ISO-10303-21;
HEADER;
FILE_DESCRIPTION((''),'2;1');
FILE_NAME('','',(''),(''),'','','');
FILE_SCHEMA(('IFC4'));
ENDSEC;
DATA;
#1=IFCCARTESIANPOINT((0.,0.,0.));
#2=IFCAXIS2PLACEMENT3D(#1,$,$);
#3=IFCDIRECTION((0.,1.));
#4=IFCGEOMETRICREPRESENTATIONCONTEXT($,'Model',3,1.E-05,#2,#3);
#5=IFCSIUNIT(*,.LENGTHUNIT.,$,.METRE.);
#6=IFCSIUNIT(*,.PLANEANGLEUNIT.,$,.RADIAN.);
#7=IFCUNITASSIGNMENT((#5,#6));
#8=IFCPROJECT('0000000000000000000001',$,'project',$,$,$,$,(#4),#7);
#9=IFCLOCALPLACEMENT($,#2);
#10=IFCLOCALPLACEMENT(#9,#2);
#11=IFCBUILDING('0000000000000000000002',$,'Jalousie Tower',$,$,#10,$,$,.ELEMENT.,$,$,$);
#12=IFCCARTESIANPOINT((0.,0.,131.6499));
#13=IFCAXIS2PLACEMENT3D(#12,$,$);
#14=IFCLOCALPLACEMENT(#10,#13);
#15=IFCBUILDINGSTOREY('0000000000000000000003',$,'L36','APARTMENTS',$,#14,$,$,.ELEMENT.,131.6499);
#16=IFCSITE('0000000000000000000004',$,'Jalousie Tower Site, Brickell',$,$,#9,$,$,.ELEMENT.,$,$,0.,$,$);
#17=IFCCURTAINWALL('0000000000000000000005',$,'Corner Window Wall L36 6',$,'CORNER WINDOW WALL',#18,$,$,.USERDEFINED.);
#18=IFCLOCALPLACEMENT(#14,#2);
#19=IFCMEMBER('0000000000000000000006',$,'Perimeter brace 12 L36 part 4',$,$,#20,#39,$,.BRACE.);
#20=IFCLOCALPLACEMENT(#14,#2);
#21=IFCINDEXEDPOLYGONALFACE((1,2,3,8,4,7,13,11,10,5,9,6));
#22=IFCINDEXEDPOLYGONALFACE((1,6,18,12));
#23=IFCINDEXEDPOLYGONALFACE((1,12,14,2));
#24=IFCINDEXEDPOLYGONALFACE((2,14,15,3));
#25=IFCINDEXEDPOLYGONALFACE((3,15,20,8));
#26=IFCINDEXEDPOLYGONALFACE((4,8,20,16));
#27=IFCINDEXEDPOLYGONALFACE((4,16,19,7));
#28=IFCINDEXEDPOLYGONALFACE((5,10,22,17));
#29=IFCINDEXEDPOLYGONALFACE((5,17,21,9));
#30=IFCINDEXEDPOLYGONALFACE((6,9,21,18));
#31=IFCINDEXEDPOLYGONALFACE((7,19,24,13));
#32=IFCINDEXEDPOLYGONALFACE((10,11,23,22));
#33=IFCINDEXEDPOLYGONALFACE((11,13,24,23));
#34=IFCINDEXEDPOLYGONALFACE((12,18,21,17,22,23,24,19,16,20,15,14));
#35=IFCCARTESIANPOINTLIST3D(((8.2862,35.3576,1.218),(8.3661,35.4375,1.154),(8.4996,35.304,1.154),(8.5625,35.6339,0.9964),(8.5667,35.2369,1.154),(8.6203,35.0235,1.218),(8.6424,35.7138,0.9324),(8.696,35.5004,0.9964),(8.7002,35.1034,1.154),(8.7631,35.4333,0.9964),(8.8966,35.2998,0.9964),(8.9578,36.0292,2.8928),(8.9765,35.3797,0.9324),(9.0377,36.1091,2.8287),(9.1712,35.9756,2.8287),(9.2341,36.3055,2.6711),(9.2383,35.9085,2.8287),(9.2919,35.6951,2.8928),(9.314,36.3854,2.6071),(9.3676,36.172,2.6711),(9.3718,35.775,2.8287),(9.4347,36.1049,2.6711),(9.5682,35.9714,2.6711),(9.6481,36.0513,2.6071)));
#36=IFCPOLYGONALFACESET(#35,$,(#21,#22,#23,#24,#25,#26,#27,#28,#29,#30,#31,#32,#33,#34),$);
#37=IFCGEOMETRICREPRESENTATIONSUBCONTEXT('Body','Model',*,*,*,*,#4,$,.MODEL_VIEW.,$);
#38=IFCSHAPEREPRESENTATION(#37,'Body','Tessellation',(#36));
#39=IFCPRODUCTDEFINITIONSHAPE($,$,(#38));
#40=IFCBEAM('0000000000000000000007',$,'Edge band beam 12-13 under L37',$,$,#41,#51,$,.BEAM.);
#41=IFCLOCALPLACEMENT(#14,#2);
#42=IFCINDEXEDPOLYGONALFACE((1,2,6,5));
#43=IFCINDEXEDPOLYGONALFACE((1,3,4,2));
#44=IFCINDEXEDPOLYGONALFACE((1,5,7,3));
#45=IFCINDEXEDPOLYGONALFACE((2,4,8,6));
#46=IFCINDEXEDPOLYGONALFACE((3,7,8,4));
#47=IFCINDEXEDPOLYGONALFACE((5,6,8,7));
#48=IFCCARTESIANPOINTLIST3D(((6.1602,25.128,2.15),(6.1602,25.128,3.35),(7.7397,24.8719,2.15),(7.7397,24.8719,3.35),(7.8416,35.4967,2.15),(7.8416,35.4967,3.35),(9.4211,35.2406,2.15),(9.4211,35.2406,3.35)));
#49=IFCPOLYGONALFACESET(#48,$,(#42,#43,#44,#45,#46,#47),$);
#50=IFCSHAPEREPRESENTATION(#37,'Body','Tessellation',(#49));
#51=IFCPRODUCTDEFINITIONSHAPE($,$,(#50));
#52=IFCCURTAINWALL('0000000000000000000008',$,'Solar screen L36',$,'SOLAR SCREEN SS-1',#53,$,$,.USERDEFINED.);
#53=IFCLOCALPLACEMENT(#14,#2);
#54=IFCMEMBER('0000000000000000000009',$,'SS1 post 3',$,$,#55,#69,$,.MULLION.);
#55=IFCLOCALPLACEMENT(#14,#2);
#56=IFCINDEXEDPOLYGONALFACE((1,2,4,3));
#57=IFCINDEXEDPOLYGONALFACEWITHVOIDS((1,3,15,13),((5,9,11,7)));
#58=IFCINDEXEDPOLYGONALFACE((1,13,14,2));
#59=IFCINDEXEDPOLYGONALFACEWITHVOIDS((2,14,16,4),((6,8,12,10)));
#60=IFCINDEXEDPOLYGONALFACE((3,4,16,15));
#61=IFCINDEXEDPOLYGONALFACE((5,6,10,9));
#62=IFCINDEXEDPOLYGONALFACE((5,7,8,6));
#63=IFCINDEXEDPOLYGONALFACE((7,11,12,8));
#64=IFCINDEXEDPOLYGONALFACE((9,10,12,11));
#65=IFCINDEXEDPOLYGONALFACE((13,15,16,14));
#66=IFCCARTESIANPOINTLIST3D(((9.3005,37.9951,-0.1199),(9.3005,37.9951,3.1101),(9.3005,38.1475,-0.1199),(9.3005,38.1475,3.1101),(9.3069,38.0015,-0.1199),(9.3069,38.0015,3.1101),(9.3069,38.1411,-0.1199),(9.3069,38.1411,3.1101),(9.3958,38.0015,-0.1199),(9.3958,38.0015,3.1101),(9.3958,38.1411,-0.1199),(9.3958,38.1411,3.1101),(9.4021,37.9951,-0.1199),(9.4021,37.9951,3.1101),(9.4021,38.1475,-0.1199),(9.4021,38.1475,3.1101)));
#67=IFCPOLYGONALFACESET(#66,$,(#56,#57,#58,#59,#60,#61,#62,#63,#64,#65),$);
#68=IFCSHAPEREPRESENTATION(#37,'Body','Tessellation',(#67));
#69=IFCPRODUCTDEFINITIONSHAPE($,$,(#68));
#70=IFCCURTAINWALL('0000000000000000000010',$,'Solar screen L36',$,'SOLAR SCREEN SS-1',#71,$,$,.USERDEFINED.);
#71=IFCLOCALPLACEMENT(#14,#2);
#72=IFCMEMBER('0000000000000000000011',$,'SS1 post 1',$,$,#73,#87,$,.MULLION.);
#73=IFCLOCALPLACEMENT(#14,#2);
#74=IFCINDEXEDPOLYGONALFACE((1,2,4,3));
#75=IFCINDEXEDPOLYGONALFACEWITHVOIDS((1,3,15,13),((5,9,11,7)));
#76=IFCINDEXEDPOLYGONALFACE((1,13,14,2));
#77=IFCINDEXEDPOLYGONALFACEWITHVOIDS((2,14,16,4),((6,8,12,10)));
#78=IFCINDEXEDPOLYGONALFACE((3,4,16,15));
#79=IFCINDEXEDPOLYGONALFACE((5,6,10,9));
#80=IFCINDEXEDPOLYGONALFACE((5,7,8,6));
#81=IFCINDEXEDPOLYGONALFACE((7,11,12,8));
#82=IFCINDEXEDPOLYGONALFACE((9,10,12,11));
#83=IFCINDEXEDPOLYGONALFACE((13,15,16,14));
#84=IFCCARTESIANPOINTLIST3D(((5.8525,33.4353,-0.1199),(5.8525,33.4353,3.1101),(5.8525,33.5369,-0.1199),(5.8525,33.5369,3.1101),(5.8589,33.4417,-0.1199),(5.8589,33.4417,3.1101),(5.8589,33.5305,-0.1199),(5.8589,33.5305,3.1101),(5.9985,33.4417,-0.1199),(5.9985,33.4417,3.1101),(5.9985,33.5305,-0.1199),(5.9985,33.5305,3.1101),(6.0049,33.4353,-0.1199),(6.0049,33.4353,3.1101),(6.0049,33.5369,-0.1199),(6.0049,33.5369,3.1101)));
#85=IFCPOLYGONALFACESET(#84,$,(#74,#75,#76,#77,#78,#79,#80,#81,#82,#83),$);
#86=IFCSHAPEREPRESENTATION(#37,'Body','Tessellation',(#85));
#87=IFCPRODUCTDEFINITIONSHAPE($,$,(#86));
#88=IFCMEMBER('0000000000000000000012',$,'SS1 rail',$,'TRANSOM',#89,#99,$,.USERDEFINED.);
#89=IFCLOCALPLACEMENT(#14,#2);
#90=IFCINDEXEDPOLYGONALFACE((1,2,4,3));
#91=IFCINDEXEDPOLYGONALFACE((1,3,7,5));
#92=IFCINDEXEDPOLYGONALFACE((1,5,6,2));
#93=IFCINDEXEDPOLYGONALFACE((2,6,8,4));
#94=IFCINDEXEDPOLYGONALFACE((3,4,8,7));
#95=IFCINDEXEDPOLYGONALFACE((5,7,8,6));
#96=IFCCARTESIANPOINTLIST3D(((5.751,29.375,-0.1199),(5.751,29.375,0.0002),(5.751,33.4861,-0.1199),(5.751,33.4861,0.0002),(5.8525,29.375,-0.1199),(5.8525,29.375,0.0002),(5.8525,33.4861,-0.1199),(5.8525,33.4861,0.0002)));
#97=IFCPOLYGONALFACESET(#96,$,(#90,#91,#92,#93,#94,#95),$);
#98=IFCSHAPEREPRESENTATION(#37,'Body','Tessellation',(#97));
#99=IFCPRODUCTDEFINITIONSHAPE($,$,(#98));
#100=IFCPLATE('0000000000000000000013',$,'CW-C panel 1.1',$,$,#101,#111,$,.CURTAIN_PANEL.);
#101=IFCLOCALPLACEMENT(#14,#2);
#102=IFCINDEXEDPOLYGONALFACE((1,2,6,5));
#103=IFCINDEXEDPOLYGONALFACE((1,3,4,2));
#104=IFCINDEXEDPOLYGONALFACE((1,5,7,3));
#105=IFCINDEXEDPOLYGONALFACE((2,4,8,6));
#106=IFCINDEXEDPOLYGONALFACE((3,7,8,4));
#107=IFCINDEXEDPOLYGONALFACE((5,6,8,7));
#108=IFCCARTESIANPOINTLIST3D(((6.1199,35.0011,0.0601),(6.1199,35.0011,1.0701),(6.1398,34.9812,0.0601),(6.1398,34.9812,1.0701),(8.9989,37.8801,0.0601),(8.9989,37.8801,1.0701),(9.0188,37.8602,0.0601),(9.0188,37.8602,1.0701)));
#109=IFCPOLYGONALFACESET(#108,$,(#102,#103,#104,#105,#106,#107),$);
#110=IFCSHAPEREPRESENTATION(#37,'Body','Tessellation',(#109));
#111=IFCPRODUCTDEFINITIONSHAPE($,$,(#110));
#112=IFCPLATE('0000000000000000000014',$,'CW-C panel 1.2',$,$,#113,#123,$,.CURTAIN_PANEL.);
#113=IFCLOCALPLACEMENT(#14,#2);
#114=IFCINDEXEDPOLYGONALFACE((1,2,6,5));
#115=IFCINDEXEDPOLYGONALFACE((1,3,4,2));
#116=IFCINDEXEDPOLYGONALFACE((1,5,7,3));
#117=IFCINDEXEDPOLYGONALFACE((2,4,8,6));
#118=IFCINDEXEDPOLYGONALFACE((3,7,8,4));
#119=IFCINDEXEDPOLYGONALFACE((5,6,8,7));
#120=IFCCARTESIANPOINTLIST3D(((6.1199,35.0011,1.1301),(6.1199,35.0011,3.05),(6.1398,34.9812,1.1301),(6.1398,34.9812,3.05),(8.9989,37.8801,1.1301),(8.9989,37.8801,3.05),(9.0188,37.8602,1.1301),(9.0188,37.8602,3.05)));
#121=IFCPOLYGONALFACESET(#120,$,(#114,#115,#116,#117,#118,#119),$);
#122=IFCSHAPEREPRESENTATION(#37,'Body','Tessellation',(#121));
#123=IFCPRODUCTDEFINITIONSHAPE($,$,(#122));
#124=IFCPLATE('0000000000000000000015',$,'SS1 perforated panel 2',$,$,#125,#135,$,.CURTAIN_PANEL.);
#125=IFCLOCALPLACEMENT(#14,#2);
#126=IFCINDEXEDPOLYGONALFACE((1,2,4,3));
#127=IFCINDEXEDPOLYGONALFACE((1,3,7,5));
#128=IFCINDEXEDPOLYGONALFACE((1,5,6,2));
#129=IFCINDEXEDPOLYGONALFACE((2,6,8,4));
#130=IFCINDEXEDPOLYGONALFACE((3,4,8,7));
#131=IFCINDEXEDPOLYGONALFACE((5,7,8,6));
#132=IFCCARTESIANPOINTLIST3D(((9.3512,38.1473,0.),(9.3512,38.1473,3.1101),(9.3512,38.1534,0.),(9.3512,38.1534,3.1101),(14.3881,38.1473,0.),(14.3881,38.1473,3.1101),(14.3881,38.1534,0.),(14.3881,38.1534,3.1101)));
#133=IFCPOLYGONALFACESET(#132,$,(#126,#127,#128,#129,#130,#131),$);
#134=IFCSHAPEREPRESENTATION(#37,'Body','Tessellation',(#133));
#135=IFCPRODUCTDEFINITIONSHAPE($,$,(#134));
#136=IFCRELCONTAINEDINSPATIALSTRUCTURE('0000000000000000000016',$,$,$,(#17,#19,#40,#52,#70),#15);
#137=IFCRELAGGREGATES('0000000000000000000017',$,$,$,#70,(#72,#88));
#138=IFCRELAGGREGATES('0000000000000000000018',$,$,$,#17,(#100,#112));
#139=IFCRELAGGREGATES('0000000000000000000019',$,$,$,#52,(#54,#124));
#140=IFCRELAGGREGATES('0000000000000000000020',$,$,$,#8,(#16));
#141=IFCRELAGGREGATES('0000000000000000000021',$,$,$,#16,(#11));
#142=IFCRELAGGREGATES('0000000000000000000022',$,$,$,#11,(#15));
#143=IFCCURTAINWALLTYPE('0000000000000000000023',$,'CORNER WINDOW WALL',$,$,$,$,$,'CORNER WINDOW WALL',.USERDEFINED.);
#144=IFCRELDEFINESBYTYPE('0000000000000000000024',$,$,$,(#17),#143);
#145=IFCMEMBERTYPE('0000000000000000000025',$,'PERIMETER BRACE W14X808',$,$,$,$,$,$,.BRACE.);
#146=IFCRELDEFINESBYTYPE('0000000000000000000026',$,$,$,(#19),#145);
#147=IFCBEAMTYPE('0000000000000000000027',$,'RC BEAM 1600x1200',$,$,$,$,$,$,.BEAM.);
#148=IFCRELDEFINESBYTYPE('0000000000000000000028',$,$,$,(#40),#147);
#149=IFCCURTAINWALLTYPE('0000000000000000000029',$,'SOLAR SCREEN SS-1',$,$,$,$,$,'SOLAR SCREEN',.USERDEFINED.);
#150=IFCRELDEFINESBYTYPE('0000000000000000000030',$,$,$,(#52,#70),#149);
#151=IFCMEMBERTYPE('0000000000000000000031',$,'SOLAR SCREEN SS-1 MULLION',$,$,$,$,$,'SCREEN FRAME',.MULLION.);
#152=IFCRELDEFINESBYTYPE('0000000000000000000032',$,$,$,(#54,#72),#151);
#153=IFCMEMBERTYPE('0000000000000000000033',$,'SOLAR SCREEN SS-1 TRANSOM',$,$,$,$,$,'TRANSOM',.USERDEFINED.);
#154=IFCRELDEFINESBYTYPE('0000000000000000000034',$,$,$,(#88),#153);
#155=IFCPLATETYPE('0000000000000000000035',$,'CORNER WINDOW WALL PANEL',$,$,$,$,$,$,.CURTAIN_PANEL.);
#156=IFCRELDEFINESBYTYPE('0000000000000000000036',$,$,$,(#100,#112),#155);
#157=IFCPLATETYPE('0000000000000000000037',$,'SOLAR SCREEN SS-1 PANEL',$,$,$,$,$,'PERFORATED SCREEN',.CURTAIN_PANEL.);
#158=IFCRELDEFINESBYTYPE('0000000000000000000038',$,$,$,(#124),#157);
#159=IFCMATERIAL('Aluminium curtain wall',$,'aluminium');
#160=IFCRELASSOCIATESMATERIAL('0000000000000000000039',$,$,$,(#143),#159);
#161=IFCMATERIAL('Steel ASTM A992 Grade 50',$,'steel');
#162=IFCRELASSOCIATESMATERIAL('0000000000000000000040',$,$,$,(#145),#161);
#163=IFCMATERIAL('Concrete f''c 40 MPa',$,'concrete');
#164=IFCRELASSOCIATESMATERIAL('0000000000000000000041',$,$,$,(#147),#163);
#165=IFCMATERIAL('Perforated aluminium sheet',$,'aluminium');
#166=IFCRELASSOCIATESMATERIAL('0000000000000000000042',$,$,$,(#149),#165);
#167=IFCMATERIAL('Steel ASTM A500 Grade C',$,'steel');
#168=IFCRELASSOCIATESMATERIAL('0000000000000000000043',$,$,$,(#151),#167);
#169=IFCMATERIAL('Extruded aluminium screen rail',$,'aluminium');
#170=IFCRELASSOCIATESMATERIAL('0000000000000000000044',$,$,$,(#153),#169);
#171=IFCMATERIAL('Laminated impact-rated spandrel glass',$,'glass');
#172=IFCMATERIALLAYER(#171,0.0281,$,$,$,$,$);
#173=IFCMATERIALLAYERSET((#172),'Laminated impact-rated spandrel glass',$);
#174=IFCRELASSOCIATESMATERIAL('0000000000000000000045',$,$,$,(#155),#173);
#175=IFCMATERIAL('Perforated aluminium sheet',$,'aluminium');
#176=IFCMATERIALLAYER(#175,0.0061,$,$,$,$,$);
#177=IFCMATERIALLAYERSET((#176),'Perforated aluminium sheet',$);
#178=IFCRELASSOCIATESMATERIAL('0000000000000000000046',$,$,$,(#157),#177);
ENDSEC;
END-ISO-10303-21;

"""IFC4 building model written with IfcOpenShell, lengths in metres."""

from ifc_helpers import new_model, si_unit, direction, frame, origin, origin_2d, place, context, subcontext, project, spatial, rectangle, hollow_rectangle, i_section, extrude, material, layer, layer_set, material_profile, profile_set, type_object, element, aggregate, save


model = new_model("IFC4")

# Units and contexts
model_context = context("Model", 3, precision=1e-05, world=origin(), true_north=direction((0.0, 1.0)))
body_context = subcontext(model_context, "Body", "Model", "MODEL_VIEW")
ifc_project = project(units=[si_unit("LENGTHUNIT", "METRE"), si_unit("PLANEANGLEUNIT", "RADIAN")], contexts=[model_context])

# Site, building, storey
site_placement = place(None, origin())
site = spatial("IfcSite", under=ifc_project, at=site_placement, Name="Jalousie Tower Site, Brickell", CompositionType="ELEMENT", RefElevation=0.0)
building_placement = place(site_placement, origin())
building = spatial("IfcBuilding", under=site, at=building_placement, Name="Jalousie Tower", CompositionType="ELEMENT")
storey_placement = place(building_placement, frame((0.0, 0.0, 131.6499)))
storey = spatial("IfcBuildingStorey", under=building, at=storey_placement, Name="L36", Description="APARTMENTS", CompositionType="ELEMENT", Elevation=131.6499)

# Curtain wall
ifc_material_1 = material(Name="Aluminium curtain wall", Category="aluminium")
curtain_wall_type_1 = type_object("IfcCurtainWallType", Name="CORNER WINDOW WALL", ElementType="CORNER WINDOW WALL", PredefinedType="USERDEFINED", material=ifc_material_1)
curtain_wall_1_placement = place(storey_placement, origin())
curtain_wall_1 = element("IfcCurtainWall", 1, at=curtain_wall_1_placement, inside=storey, type_object=curtain_wall_type_1, Name="Corner Window Wall L36 6", ObjectType="CORNER WINDOW WALL", PredefinedType="USERDEFINED")

# Member
ifc_material_2 = material(Name="Steel ASTM A992 Grade 50", Category="steel")
ifc_material_profile_1 = material_profile(ifc_material_2, i_section(OverallWidth=0.4724, OverallDepth=0.5791, WebThickness=0.095, FlangeThickness=0.1299, at=origin_2d()), Name="W14X808")
ifc_profile_set_1 = profile_set([ifc_material_profile_1], Name="Steel ASTM A992 Grade 50")
member_type_1 = type_object("IfcMemberType", Name="PERIMETER BRACE W14X808", PredefinedType="BRACE", material=ifc_profile_set_1)
member_1_placement = place(storey_placement, frame((8.6313, 35.3687, 1.0752), z_axis=(0.348828, 0.348828, 0.86985), x_axis=(-0.707107, 0.707107, 0.0)))
element("IfcMember", 2, at=member_1_placement, inside=storey, type_object=member_type_1, Name="Perimeter brace 12 L36 part 4", PredefinedType="BRACE", context=body_context, shape_type="SweptSolid", body=[
    extrude(i_section(OverallWidth=0.4724, OverallDepth=0.5791, WebThickness=0.095, FlangeThickness=0.1299, at=origin_2d()), origin(), (0.0, 0.0, 1.0), 1.9253),
])

# Beam
ifc_material_3 = material(Name="Concrete f'c 40 MPa", Category="concrete")
ifc_material_profile_2 = material_profile(ifc_material_3, rectangle(XDim=1.6001, YDim=1.2, at=origin_2d()), Name="RC 1600x1200")
ifc_profile_set_2 = profile_set([ifc_material_profile_2], Name="Concrete f'c 40 MPa")
beam_type_1 = type_object("IfcBeamType", Name="RC BEAM 1600x1200", PredefinedType="BEAM", material=ifc_profile_set_2)
beam_1_placement = place(storey_placement, frame((8.6313, 35.3687, 2.75), z_axis=(-0.160071, -0.987106, 0.0), x_axis=(0.987106, -0.160071, 0.0)))
element("IfcBeam", 3, at=beam_1_placement, inside=storey, type_object=beam_type_1, Name="Edge band beam 12-13 under L37", PredefinedType="BEAM", context=body_context, shape_type="SweptSolid", body=[
    extrude(rectangle(XDim=1.6001, YDim=1.2, at=origin_2d()), origin(), (0.0, 0.0, 1.0), 10.5042),
])

# Curtain wall, member
ifc_material_4 = material(Name="Perforated aluminium sheet", Category="aluminium")
curtain_wall_type_2 = type_object("IfcCurtainWallType", Name="SOLAR SCREEN SS-1", ElementType="SOLAR SCREEN", PredefinedType="USERDEFINED", material=ifc_material_4)
curtain_wall_2_placement = place(storey_placement, origin())
curtain_wall_2 = element("IfcCurtainWall", 4, at=curtain_wall_2_placement, inside=storey, type_object=curtain_wall_type_2, Name="Solar screen L36", ObjectType="SOLAR SCREEN SS-1", PredefinedType="USERDEFINED")
ifc_material_5 = material(Name="Steel ASTM A500 Grade C", Category="steel")
ifc_material_profile_3 = material_profile(ifc_material_5, hollow_rectangle(XDim=0.1016, YDim=0.1523, WallThickness=0.0063, at=origin_2d()), Name="HSS6X4X1/4")
ifc_profile_set_3 = profile_set([ifc_material_profile_3], Name="Steel ASTM A500 Grade C")
member_type_2 = type_object("IfcMemberType", Name="SOLAR SCREEN SS-1 MULLION", ElementType="SCREEN FRAME", PredefinedType="MULLION", material=ifc_profile_set_3)
member_2_placement = place(storey_placement, frame((9.3513, 38.0713, -0.1199), z_axis=(0.0, 0.0, 1.0), x_axis=(-1.0, 0.0, 0.0)))
member_2 = element("IfcMember", 5, at=member_2_placement, type_object=member_type_2, Name="SS1 post 3", PredefinedType="MULLION", context=body_context, shape_type="SweptSolid", body=[
    extrude(hollow_rectangle(XDim=0.1016, YDim=0.1523, WallThickness=0.0063, at=origin_2d()), origin(), (0.0, 0.0, 1.0), 3.23),
])

# Curtain wall, members
curtain_wall_3_placement = place(storey_placement, origin())
curtain_wall_3 = element("IfcCurtainWall", 6, at=curtain_wall_3_placement, inside=storey, type_object=curtain_wall_type_2, Name="Solar screen L36", ObjectType="SOLAR SCREEN SS-1", PredefinedType="USERDEFINED")
member_3_placement = place(storey_placement, frame((5.9287, 33.4861, -0.1199), z_axis=(0.0, 0.0, 1.0), x_axis=(0.0, -1.0, 0.0)))
member_3 = element("IfcMember", 7, at=member_3_placement, type_object=member_type_2, Name="SS1 post 1", PredefinedType="MULLION", context=body_context, shape_type="SweptSolid", body=[
    extrude(hollow_rectangle(XDim=0.1016, YDim=0.1523, WallThickness=0.0063, at=origin_2d()), origin(), (0.0, 0.0, 1.0), 3.23),
])
ifc_material_6 = material(Name="Extruded aluminium screen rail", Category="aluminium")
ifc_material_profile_4 = material_profile(ifc_material_6, rectangle(XDim=0.1016, YDim=0.1201, at=origin_2d()), Name="RAIL 102x120")
ifc_profile_set_4 = profile_set([ifc_material_profile_4], Name="Extruded aluminium screen rail")
member_type_3 = type_object("IfcMemberType", Name="SOLAR SCREEN SS-1 TRANSOM", ElementType="TRANSOM", PredefinedType="USERDEFINED", material=ifc_profile_set_4)
member_4_placement = place(storey_placement, frame((5.8018, 33.4861, -0.0598), z_axis=(0.0, -1.0, 0.0), x_axis=(1.0, 0.0, 0.0)))
member_4 = element("IfcMember", 8, at=member_4_placement, type_object=member_type_3, Name="SS1 rail", ObjectType="TRANSOM", PredefinedType="USERDEFINED", context=body_context, shape_type="SweptSolid", body=[
    extrude(rectangle(XDim=0.1016, YDim=0.1201, at=origin_2d()), origin(), (0.0, 0.0, 1.0), 4.1111),
])
aggregate(curtain_wall_3, [member_3, member_4])

# Plates
ifc_material_7 = material(Name="Laminated impact-rated spandrel glass", Category="glass")
ifc_layer_1 = layer(ifc_material_7, 0.0281)
ifc_layer_set_1 = layer_set([ifc_layer_1], Name="Laminated impact-rated spandrel glass")
plate_type_1 = type_object("IfcPlateType", Name="CORNER WINDOW WALL PANEL", PredefinedType="CURTAIN_PANEL", material=ifc_layer_set_1)
plate_1_placement = place(storey_placement, frame((7.5693, 36.4307, 0.0601), z_axis=(0.0, 0.0, 1.0), x_axis=(-0.707107, -0.707107, 0.0)))
plate_1 = element("IfcPlate", 9, at=plate_1_placement, type_object=plate_type_1, Name="CW-C panel 1.1", PredefinedType="CURTAIN_PANEL", context=body_context, shape_type="SweptSolid", body=[
    extrude(rectangle(XDim=4.0715, YDim=0.0281, at=origin_2d()), origin(), (0.0, 0.0, 1.0), 1.01),
])
plate_2_placement = place(storey_placement, frame((7.5693, 36.4307, 1.1301), z_axis=(0.0, 0.0, 1.0), x_axis=(-0.707107, -0.707107, 0.0)))
plate_2 = element("IfcPlate", 10, at=plate_2_placement, type_object=plate_type_1, Name="CW-C panel 1.2", PredefinedType="CURTAIN_PANEL", context=body_context, shape_type="SweptSolid", body=[
    extrude(rectangle(XDim=4.0715, YDim=0.0281, at=origin_2d()), origin(), (0.0, 0.0, 1.0), 1.9199),
])
aggregate(curtain_wall_1, [plate_1, plate_2])
ifc_material_8 = material(Name="Perforated aluminium sheet", Category="aluminium")
ifc_layer_2 = layer(ifc_material_8, 0.0061)
ifc_layer_set_2 = layer_set([ifc_layer_2], Name="Perforated aluminium sheet")
plate_type_2 = type_object("IfcPlateType", Name="SOLAR SCREEN SS-1 PANEL", ElementType="PERFORATED SCREEN", PredefinedType="CURTAIN_PANEL", material=ifc_layer_set_2)
plate_3_placement = place(storey_placement, frame((11.8696, 38.1504, 0.0), z_axis=(0.0, 0.0, 1.0), x_axis=(-1.0, 0.0, 0.0)))
plate_3 = element("IfcPlate", 11, at=plate_3_placement, type_object=plate_type_2, Name="SS1 perforated panel 2", PredefinedType="CURTAIN_PANEL", context=body_context, shape_type="SweptSolid", body=[
    extrude(rectangle(XDim=5.0369, YDim=0.0061, at=origin_2d()), origin(), (0.0, 0.0, 1.0), 3.1101),
])
aggregate(curtain_wall_2, [member_2, plate_3])

save(model, "model.ifc")
